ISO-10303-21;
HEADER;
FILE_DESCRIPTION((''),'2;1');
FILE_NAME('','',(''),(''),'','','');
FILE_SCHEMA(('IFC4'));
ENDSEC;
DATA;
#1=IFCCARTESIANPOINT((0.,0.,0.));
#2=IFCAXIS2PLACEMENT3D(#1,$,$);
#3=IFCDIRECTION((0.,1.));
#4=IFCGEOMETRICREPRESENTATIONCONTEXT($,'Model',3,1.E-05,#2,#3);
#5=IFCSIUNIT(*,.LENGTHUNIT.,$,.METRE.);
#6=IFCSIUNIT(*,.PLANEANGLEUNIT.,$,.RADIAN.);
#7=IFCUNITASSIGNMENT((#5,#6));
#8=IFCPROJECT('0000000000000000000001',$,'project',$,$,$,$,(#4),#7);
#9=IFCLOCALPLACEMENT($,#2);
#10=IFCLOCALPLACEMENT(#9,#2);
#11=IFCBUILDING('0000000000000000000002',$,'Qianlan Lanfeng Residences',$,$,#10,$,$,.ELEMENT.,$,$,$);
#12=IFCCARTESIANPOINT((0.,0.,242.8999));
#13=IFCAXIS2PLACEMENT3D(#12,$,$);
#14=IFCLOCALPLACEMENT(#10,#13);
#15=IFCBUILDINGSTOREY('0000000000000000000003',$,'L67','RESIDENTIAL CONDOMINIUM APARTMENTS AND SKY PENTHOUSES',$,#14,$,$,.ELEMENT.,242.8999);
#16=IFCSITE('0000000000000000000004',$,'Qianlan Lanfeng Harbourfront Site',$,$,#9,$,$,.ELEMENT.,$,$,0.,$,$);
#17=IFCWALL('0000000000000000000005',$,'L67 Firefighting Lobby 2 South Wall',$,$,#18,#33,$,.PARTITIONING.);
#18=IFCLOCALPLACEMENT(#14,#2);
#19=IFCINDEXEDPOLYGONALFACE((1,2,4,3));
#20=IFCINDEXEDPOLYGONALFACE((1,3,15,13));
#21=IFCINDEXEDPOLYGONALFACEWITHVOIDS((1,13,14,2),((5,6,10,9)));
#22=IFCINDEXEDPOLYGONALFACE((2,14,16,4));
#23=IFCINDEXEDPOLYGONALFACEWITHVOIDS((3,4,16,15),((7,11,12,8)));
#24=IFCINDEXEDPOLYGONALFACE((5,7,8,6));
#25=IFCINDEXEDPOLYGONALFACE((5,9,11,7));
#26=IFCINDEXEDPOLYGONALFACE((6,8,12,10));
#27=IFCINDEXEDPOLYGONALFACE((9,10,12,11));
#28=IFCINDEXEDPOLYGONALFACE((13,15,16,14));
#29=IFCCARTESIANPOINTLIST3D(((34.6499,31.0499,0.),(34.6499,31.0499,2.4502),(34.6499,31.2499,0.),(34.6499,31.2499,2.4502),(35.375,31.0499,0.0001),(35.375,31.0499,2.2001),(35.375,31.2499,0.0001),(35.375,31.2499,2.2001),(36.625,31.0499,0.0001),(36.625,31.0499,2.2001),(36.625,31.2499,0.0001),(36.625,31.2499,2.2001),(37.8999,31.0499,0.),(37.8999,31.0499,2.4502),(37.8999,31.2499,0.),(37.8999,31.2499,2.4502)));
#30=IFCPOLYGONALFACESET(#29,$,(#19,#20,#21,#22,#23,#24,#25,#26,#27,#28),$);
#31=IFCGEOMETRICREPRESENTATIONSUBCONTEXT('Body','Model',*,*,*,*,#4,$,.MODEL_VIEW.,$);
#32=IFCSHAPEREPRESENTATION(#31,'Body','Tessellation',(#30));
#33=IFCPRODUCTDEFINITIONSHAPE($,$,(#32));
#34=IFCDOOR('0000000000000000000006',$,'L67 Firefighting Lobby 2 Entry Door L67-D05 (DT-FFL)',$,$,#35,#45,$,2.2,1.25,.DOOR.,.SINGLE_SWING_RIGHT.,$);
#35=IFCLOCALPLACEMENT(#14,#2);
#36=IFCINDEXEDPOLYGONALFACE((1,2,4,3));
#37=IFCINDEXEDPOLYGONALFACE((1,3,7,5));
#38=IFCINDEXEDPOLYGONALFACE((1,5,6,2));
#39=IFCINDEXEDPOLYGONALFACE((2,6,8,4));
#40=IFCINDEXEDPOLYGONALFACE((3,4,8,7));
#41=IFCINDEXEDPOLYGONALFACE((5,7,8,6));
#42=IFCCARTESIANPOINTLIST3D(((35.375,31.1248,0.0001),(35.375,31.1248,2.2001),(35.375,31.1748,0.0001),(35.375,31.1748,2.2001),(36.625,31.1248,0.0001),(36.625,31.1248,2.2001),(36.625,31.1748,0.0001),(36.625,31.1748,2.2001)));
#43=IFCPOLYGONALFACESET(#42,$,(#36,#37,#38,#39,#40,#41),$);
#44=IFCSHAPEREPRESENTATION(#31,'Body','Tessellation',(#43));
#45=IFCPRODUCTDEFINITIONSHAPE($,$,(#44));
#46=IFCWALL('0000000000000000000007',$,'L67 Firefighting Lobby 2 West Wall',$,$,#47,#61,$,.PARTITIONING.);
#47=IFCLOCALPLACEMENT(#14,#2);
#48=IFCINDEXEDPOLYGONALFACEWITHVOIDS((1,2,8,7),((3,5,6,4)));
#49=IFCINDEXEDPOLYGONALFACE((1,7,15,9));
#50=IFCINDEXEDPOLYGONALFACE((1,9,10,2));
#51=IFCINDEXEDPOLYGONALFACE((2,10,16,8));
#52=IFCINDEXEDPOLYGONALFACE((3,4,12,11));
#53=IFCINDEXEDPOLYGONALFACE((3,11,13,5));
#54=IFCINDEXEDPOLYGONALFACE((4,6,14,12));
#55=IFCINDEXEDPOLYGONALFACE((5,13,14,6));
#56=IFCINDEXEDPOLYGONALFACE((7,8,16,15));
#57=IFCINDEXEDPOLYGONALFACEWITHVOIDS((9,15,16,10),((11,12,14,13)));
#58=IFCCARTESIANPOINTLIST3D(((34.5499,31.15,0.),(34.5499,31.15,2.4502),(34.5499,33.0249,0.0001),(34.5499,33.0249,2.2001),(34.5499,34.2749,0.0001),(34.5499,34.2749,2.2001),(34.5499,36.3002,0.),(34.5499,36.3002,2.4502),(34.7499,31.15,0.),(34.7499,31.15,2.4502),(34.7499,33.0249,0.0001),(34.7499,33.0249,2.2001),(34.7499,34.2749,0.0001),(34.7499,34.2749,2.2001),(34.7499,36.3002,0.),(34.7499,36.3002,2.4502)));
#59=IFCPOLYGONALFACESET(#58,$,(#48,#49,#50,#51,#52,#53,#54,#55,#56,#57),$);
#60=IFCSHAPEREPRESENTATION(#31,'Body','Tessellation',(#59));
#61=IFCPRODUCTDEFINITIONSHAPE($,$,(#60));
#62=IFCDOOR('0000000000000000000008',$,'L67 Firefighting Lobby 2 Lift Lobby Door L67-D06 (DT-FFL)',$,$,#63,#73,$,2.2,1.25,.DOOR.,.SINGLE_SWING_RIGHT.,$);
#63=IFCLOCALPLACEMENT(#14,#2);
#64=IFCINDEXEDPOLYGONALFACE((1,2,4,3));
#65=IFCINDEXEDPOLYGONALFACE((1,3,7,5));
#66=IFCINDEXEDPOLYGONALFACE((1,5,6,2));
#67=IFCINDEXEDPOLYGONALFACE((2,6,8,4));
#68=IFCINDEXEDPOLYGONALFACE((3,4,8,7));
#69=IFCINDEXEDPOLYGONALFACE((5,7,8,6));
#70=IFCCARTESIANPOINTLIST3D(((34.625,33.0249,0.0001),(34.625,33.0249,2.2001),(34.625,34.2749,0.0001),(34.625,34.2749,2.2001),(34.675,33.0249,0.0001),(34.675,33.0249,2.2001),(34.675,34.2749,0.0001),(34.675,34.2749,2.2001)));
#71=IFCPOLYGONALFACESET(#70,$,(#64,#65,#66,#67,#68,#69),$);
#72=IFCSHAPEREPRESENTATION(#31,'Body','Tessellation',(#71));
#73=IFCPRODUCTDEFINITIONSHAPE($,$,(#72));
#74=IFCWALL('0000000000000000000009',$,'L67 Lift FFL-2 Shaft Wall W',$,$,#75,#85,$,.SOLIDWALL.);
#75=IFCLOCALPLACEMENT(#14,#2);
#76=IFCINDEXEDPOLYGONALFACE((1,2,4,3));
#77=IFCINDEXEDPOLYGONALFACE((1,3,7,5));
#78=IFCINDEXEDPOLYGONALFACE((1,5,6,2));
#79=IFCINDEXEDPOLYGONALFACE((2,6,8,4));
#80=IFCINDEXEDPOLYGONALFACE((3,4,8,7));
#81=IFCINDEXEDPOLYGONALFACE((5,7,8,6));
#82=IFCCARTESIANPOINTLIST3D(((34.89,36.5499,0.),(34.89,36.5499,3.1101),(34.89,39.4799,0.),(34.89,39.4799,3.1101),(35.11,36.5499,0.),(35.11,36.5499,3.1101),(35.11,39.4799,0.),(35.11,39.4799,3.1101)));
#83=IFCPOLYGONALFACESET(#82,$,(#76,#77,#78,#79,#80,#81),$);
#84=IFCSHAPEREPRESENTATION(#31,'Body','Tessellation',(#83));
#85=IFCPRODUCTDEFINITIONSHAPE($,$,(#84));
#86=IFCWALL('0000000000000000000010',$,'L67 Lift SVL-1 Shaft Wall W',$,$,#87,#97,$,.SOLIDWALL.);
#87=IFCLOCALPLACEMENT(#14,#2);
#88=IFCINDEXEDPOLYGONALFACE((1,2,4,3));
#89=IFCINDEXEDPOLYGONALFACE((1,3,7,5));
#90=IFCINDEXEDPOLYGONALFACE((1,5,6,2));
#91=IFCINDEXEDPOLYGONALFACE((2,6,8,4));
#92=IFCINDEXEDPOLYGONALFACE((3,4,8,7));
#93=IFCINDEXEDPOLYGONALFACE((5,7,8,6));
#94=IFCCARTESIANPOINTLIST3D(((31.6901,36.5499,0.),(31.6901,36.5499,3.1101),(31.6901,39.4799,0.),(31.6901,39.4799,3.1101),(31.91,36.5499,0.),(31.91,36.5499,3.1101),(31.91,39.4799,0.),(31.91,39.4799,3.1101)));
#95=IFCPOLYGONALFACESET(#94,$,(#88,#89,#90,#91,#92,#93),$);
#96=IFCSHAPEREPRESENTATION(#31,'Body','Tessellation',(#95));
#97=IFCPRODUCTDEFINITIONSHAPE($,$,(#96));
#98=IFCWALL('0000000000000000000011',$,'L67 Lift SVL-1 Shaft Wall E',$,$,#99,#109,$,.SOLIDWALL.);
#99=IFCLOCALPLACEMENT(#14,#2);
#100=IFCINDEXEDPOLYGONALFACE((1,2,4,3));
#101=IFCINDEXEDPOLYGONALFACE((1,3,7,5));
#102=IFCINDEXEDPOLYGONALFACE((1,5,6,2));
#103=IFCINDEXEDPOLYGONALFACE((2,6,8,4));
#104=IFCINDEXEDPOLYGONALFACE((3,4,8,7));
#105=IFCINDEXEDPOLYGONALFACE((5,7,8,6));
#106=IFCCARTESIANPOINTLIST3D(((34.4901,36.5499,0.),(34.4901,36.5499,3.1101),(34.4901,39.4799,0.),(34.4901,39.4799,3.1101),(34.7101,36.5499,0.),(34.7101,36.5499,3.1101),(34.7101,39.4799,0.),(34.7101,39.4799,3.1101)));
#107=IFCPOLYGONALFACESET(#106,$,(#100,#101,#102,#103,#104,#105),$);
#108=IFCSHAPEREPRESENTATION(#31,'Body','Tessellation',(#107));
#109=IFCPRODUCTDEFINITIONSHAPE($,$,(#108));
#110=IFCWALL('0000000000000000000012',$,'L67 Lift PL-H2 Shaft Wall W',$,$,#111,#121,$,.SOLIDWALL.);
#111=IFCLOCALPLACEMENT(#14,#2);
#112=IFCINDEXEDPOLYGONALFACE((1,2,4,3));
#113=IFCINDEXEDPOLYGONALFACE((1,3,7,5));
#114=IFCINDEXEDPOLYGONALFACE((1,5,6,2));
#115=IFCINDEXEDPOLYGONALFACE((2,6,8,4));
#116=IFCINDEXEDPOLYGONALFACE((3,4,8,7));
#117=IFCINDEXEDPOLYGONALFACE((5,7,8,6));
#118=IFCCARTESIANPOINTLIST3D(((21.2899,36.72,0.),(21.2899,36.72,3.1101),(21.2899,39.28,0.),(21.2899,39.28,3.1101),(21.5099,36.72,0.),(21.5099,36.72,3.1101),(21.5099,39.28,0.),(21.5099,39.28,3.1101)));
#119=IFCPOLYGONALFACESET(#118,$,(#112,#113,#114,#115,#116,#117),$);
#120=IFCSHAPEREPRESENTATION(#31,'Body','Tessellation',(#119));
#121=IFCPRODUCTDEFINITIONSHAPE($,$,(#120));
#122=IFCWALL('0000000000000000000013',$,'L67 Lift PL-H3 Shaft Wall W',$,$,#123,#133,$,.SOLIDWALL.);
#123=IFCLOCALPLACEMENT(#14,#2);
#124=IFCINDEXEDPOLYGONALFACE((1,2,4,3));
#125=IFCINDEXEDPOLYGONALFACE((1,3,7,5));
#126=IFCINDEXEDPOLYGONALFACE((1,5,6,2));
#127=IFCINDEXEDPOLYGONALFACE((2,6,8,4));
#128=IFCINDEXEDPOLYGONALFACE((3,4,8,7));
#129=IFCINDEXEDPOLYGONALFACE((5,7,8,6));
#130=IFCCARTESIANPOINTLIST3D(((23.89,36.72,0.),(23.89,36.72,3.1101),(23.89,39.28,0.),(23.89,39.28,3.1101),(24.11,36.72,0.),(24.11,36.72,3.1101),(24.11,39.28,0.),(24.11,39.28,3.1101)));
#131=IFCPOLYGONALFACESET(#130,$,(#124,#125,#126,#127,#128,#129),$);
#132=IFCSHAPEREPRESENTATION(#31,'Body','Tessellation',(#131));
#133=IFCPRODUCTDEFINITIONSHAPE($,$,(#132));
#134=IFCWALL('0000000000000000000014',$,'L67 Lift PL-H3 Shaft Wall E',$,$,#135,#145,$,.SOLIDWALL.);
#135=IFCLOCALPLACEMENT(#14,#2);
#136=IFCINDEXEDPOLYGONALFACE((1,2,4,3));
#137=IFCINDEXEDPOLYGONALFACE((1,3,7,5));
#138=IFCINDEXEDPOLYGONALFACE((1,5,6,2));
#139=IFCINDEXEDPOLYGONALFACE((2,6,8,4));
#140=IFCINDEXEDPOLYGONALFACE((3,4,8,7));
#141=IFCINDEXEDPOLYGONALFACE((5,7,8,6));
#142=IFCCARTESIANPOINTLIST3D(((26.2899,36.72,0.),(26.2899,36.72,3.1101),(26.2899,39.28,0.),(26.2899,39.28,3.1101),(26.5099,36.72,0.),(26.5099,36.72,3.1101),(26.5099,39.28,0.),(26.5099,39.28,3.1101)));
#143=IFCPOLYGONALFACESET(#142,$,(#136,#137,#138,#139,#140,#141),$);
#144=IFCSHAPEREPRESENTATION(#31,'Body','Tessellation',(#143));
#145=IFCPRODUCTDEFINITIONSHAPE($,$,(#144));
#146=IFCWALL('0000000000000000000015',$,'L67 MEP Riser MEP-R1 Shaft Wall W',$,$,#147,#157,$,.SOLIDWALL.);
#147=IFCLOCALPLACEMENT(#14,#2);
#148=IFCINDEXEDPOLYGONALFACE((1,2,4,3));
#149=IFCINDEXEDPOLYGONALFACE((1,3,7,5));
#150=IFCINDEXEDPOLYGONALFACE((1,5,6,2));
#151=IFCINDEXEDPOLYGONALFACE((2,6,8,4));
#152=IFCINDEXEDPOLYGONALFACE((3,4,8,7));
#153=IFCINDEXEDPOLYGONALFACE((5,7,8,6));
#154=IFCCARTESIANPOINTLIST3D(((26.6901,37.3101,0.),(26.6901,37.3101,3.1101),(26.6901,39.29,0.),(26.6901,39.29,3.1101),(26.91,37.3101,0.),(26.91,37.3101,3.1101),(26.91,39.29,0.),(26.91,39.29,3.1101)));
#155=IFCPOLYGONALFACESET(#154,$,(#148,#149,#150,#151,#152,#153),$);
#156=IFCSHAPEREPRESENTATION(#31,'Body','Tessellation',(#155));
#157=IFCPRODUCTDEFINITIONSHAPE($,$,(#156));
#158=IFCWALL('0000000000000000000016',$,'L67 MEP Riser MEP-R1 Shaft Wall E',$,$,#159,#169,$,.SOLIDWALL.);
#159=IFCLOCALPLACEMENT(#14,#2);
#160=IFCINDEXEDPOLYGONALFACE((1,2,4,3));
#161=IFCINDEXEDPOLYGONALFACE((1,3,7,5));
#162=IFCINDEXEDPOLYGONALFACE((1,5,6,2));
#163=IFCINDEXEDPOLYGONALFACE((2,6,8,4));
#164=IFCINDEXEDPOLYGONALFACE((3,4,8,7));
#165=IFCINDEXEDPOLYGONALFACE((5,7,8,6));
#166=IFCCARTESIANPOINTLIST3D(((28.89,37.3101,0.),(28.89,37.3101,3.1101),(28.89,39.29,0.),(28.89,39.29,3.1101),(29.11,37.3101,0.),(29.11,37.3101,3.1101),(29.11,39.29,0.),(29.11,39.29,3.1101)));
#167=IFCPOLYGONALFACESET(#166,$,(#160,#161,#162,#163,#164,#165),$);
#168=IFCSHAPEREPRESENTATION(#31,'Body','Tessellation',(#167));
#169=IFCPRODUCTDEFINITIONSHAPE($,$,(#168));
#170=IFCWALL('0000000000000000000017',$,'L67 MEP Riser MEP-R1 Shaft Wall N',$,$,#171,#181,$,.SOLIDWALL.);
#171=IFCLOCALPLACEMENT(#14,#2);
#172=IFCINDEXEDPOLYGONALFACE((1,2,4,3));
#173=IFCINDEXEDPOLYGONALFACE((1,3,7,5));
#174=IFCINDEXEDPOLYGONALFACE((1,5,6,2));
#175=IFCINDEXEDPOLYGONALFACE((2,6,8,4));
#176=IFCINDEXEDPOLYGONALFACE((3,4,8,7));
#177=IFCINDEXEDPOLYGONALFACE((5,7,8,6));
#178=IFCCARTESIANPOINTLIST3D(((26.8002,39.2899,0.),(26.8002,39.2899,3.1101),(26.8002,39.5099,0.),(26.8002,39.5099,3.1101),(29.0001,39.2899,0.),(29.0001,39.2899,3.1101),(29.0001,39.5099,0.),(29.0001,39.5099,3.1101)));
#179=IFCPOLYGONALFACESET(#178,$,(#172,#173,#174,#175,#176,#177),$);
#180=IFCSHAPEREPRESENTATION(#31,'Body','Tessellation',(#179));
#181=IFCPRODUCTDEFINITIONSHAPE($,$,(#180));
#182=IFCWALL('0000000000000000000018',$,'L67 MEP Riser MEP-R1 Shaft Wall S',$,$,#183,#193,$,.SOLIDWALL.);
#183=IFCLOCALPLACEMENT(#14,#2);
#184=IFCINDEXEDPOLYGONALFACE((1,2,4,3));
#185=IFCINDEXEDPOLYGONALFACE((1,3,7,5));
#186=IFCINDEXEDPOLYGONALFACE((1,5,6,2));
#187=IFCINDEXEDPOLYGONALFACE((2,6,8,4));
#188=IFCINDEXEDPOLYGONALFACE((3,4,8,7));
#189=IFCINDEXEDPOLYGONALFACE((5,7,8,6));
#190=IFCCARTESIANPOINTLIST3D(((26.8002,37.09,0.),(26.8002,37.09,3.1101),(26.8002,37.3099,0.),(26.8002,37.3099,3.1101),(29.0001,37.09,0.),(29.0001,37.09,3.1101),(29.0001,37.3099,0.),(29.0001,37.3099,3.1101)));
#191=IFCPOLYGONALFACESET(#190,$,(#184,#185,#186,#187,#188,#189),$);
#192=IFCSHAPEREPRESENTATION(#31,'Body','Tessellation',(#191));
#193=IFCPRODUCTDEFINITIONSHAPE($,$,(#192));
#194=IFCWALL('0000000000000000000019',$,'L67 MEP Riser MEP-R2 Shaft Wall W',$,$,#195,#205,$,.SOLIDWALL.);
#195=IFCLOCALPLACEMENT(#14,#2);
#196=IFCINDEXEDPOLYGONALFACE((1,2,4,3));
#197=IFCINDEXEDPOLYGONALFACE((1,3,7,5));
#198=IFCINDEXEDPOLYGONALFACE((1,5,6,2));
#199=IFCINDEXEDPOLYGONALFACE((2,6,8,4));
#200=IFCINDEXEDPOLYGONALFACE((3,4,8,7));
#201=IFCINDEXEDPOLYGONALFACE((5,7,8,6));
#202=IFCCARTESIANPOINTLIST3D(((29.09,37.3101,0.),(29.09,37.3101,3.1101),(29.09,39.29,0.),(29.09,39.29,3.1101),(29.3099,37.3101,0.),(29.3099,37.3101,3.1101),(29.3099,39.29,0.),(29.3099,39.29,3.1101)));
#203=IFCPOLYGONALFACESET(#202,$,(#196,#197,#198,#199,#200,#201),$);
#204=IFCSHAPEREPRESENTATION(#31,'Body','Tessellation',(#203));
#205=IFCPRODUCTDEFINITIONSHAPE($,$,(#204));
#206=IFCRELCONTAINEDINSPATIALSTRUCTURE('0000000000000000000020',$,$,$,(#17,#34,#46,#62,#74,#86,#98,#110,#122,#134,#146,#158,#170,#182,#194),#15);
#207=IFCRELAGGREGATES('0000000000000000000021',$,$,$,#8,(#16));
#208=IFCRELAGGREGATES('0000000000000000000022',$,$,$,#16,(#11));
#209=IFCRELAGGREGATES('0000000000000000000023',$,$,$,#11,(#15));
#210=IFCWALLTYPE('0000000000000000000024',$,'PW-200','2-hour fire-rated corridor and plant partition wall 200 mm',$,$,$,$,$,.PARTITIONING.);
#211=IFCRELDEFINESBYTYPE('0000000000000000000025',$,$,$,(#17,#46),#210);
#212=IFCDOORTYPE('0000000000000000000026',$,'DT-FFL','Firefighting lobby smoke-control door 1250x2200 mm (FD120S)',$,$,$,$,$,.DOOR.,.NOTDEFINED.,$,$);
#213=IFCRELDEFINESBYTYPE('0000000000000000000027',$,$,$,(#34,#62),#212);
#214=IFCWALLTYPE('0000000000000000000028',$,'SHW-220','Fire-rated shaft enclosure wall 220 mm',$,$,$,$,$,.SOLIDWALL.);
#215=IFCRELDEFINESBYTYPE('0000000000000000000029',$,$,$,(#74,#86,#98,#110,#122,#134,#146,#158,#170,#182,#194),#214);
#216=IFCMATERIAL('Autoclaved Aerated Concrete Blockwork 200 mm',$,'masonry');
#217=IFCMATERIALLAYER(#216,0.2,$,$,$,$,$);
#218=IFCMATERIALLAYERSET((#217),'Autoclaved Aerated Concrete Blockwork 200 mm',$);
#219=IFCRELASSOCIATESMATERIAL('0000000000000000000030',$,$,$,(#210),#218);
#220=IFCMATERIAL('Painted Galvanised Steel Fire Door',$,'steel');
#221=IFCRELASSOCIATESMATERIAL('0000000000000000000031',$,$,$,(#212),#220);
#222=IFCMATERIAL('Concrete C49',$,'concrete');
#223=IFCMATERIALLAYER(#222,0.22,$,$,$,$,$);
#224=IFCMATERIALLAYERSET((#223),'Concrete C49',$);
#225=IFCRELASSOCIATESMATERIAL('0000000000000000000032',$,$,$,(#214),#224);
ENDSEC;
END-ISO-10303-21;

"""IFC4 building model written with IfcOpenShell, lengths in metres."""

from ifc_helpers import new_model, si_unit, direction, frame, frame_2d, origin, place, context, subcontext, project, spatial, rectangle, extrude, material, layer, layer_set, type_object, element, fill, save


model = new_model("IFC4")

# Units and contexts
model_context = context("Model", 3, precision=1e-05, world=origin(), true_north=direction((0.0, 1.0)))
body_context = subcontext(model_context, "Body", "Model", "MODEL_VIEW")
ifc_project = project(units=[si_unit("LENGTHUNIT", "METRE"), si_unit("PLANEANGLEUNIT", "RADIAN")], contexts=[model_context])

# Site, building, storey
site_placement = place(None, origin())
site = spatial("IfcSite", under=ifc_project, at=site_placement, Name="Qianlan Lanfeng Harbourfront Site", CompositionType="ELEMENT", RefElevation=0.0)
building_placement = place(site_placement, origin())
building = spatial("IfcBuilding", under=site, at=building_placement, Name="Qianlan Lanfeng Residences", CompositionType="ELEMENT")
storey_placement = place(building_placement, frame((0.0, 0.0, 242.8999)))
storey = spatial("IfcBuildingStorey", under=building, at=storey_placement, Name="L67", Description="RESIDENTIAL CONDOMINIUM APARTMENTS AND SKY PENTHOUSES", CompositionType="ELEMENT", Elevation=242.8999)

# Walls, openings, doors
ifc_material_1 = material(Name="Autoclaved Aerated Concrete Blockwork 200 mm", Category="masonry")
ifc_layer_1 = layer(ifc_material_1, 0.2)
ifc_layer_set_1 = layer_set([ifc_layer_1], Name="Autoclaved Aerated Concrete Blockwork 200 mm")
wall_type_1 = type_object("IfcWallType", Name="PW-200", Description="2-hour fire-rated corridor and plant partition wall 200 mm", PredefinedType="PARTITIONING", material=ifc_layer_set_1)
wall_1_placement = place(storey_placement, frame((34.6499, 31.1499, 0.0), z_axis=(0.0, 0.0, 1.0), x_axis=(1.0, 0.0, 0.0)))
wall_1 = element("IfcWall", 1, at=wall_1_placement, inside=storey, type_object=wall_type_1, Name="L67 Firefighting Lobby 2 South Wall", PredefinedType="PARTITIONING", context=body_context, shape_type="SweptSolid", body=[
    extrude(rectangle(XDim=3.25, YDim=0.2, at=frame_2d((1.625, 0.0))), origin(), (0.0, 0.0, 1.0), 2.4502),
])
opening_1_placement = place(wall_1_placement, frame((0.7251, 0.0, 0.0)))
opening_1 = element("IfcOpeningElement", 2, at=opening_1_placement, cuts=wall_1, PredefinedType="OPENING", context=body_context, shape_type="SweptSolid", body=[
    extrude(rectangle(XDim=1.25, YDim=2.2, at=frame_2d((0.625, 1.1001))), frame((0.0, 0.1099, 0.0), z_axis=(0.0, -1.0, 0.0), x_axis=(1.0, 0.0, 0.0)), (0.0, 0.0, 1.0), 0.22),
])
ifc_material_2 = material(Name="Painted Galvanised Steel Fire Door", Category="steel")
door_type = type_object("IfcDoorType", Name="DT-FFL", Description="Firefighting lobby smoke-control door 1250x2200 mm (FD120S)", OperationType="NOTDEFINED", PredefinedType="DOOR", material=ifc_material_2)
door_1_placement = place(opening_1_placement, origin())
door_1 = element("IfcDoor", 3, at=door_1_placement, inside=storey, type_object=door_type, Name="L67 Firefighting Lobby 2 Entry Door L67-D05 (DT-FFL)", OperationType="SINGLE_SWING_RIGHT", OverallHeight=2.2, OverallWidth=1.25, PredefinedType="DOOR", context=body_context, shape_type="SweptSolid", body=[
    extrude(rectangle(XDim=1.25, YDim=2.2, at=frame_2d((0.625, 1.1001))), frame((0.0, 0.0249, 0.0), z_axis=(0.0, -1.0, 0.0), x_axis=(1.0, 0.0, 0.0)), (0.0, 0.0, 1.0), 0.05),
])
fill(opening_1, door_1)
wall_2_placement = place(storey_placement, frame((34.6499, 31.1499, 0.0), z_axis=(0.0, 0.0, 1.0), x_axis=(0.0, 1.0, 0.0)))
wall_2 = element("IfcWall", 4, at=wall_2_placement, inside=storey, type_object=wall_type_1, Name="L67 Firefighting Lobby 2 West Wall", PredefinedType="PARTITIONING", context=body_context, shape_type="SweptSolid", body=[
    extrude(rectangle(XDim=5.1501, YDim=0.2, at=frame_2d((2.5752, 0.0))), origin(), (0.0, 0.0, 1.0), 2.4502),
])
opening_2_placement = place(wall_2_placement, frame((1.875, 0.0, 0.0)))
opening_2 = element("IfcOpeningElement", 5, at=opening_2_placement, cuts=wall_2, PredefinedType="OPENING", context=body_context, shape_type="SweptSolid", body=[
    extrude(rectangle(XDim=1.25, YDim=2.2, at=frame_2d((0.625, 1.1001))), frame((0.0, 0.1099, 0.0), z_axis=(0.0, -1.0, 0.0), x_axis=(1.0, 0.0, 0.0)), (0.0, 0.0, 1.0), 0.22),
])
door_2_placement = place(opening_2_placement, origin())
door_2 = element("IfcDoor", 6, at=door_2_placement, inside=storey, type_object=door_type, Name="L67 Firefighting Lobby 2 Lift Lobby Door L67-D06 (DT-FFL)", OperationType="SINGLE_SWING_RIGHT", OverallHeight=2.2, OverallWidth=1.25, PredefinedType="DOOR", context=body_context, shape_type="SweptSolid", body=[
    extrude(rectangle(XDim=1.25, YDim=2.2, at=frame_2d((0.625, 1.1001))), frame((0.0, 0.0249, 0.0), z_axis=(0.0, -1.0, 0.0), x_axis=(1.0, 0.0, 0.0)), (0.0, 0.0, 1.0), 0.05),
])
fill(opening_2, door_2)

# Walls
ifc_material_3 = material(Name="Concrete C49", Category="concrete")
ifc_layer_2 = layer(ifc_material_3, 0.22)
ifc_layer_set_2 = layer_set([ifc_layer_2], Name="Concrete C49")
wall_type_2 = type_object("IfcWallType", Name="SHW-220", Description="Fire-rated shaft enclosure wall 220 mm", PredefinedType="SOLIDWALL", material=ifc_layer_set_2)
for number, where, z_axis, x_axis, name in (
    (7, (35.0, 36.55, 0.0), (0.0, 0.0, 1.0), (0.0, 1.0, 0.0), "L67 Lift FFL-2 Shaft Wall W"),
    (8, (31.8, 36.55, 0.0), (0.0, 0.0, 1.0), (0.0, 1.0, 0.0), "L67 Lift SVL-1 Shaft Wall W"),
    (9, (34.6001, 36.55, 0.0), (0.0, 0.0, 1.0), (0.0, 1.0, 0.0), "L67 Lift SVL-1 Shaft Wall E"),
):
    element("IfcWall", number, at=place(storey_placement, frame(where, z_axis=z_axis, x_axis=x_axis)), inside=storey, type_object=wall_type_2, Name=name, PredefinedType="SOLIDWALL", context=body_context, shape_type="SweptSolid", body=[
        extrude(rectangle(XDim=2.9299, YDim=0.22, at=frame_2d((1.4648, 0.0))), origin(), (0.0, 0.0, 1.0), 3.1101),
    ])
for number, where, z_axis, x_axis, name in (
    (10, (21.3999, 36.72, 0.0), (0.0, 0.0, 1.0), (0.0, 1.0, 0.0), "L67 Lift PL-H2 Shaft Wall W"),
    (11, (24.0, 36.72, 0.0), (0.0, 0.0, 1.0), (0.0, 1.0, 0.0), "L67 Lift PL-H3 Shaft Wall W"),
    (12, (26.3999, 36.72, 0.0), (0.0, 0.0, 1.0), (0.0, 1.0, 0.0), "L67 Lift PL-H3 Shaft Wall E"),
):
    element("IfcWall", number, at=place(storey_placement, frame(where, z_axis=z_axis, x_axis=x_axis)), inside=storey, type_object=wall_type_2, Name=name, PredefinedType="SOLIDWALL", context=body_context, shape_type="SweptSolid", body=[
        extrude(rectangle(XDim=2.5601, YDim=0.22, at=frame_2d((1.28, 0.0))), origin(), (0.0, 0.0, 1.0), 3.1101),
    ])
for number, where, z_axis, x_axis, name in (
    (13, (26.8, 37.3101, 0.0), (0.0, 0.0, 1.0), (0.0, 1.0, 0.0), "L67 MEP Riser MEP-R1 Shaft Wall W"),
    (14, (29.0, 37.3101, 0.0), (0.0, 0.0, 1.0), (0.0, 1.0, 0.0), "L67 MEP Riser MEP-R1 Shaft Wall E"),
):
    element("IfcWall", number, at=place(storey_placement, frame(where, z_axis=z_axis, x_axis=x_axis)), inside=storey, type_object=wall_type_2, Name=name, PredefinedType="SOLIDWALL", context=body_context, shape_type="SweptSolid", body=[
        extrude(rectangle(XDim=1.98, YDim=0.22, at=frame_2d((0.99, 0.0))), origin(), (0.0, 0.0, 1.0), 3.1101),
    ])
for number, where, z_axis, x_axis, name in (
    (15, (26.8, 39.3999, 0.0), (0.0, 0.0, 1.0), (1.0, 0.0, 0.0), "L67 MEP Riser MEP-R1 Shaft Wall N"),
    (16, (26.8, 37.2, 0.0), (0.0, 0.0, 1.0), (1.0, 0.0, 0.0), "L67 MEP Riser MEP-R1 Shaft Wall S"),
):
    element("IfcWall", number, at=place(storey_placement, frame(where, z_axis=z_axis, x_axis=x_axis)), inside=storey, type_object=wall_type_2, Name=name, PredefinedType="SOLIDWALL", context=body_context, shape_type="SweptSolid", body=[
        extrude(rectangle(XDim=2.2, YDim=0.22, at=frame_2d((1.1001, 0.0))), origin(), (0.0, 0.0, 1.0), 3.1101),
    ])
for number, where, z_axis, x_axis, name in (
    (17, (29.2, 37.3101, 0.0), (0.0, 0.0, 1.0), (0.0, 1.0, 0.0), "L67 MEP Riser MEP-R2 Shaft Wall W"),
):
    element("IfcWall", number, at=place(storey_placement, frame(where, z_axis=z_axis, x_axis=x_axis)), inside=storey, type_object=wall_type_2, Name=name, PredefinedType="SOLIDWALL", context=body_context, shape_type="SweptSolid", body=[
        extrude(rectangle(XDim=1.98, YDim=0.22, at=frame_2d((0.99, 0.0))), origin(), (0.0, 0.0, 1.0), 3.1101),
    ])

save(model, "model.ifc")
